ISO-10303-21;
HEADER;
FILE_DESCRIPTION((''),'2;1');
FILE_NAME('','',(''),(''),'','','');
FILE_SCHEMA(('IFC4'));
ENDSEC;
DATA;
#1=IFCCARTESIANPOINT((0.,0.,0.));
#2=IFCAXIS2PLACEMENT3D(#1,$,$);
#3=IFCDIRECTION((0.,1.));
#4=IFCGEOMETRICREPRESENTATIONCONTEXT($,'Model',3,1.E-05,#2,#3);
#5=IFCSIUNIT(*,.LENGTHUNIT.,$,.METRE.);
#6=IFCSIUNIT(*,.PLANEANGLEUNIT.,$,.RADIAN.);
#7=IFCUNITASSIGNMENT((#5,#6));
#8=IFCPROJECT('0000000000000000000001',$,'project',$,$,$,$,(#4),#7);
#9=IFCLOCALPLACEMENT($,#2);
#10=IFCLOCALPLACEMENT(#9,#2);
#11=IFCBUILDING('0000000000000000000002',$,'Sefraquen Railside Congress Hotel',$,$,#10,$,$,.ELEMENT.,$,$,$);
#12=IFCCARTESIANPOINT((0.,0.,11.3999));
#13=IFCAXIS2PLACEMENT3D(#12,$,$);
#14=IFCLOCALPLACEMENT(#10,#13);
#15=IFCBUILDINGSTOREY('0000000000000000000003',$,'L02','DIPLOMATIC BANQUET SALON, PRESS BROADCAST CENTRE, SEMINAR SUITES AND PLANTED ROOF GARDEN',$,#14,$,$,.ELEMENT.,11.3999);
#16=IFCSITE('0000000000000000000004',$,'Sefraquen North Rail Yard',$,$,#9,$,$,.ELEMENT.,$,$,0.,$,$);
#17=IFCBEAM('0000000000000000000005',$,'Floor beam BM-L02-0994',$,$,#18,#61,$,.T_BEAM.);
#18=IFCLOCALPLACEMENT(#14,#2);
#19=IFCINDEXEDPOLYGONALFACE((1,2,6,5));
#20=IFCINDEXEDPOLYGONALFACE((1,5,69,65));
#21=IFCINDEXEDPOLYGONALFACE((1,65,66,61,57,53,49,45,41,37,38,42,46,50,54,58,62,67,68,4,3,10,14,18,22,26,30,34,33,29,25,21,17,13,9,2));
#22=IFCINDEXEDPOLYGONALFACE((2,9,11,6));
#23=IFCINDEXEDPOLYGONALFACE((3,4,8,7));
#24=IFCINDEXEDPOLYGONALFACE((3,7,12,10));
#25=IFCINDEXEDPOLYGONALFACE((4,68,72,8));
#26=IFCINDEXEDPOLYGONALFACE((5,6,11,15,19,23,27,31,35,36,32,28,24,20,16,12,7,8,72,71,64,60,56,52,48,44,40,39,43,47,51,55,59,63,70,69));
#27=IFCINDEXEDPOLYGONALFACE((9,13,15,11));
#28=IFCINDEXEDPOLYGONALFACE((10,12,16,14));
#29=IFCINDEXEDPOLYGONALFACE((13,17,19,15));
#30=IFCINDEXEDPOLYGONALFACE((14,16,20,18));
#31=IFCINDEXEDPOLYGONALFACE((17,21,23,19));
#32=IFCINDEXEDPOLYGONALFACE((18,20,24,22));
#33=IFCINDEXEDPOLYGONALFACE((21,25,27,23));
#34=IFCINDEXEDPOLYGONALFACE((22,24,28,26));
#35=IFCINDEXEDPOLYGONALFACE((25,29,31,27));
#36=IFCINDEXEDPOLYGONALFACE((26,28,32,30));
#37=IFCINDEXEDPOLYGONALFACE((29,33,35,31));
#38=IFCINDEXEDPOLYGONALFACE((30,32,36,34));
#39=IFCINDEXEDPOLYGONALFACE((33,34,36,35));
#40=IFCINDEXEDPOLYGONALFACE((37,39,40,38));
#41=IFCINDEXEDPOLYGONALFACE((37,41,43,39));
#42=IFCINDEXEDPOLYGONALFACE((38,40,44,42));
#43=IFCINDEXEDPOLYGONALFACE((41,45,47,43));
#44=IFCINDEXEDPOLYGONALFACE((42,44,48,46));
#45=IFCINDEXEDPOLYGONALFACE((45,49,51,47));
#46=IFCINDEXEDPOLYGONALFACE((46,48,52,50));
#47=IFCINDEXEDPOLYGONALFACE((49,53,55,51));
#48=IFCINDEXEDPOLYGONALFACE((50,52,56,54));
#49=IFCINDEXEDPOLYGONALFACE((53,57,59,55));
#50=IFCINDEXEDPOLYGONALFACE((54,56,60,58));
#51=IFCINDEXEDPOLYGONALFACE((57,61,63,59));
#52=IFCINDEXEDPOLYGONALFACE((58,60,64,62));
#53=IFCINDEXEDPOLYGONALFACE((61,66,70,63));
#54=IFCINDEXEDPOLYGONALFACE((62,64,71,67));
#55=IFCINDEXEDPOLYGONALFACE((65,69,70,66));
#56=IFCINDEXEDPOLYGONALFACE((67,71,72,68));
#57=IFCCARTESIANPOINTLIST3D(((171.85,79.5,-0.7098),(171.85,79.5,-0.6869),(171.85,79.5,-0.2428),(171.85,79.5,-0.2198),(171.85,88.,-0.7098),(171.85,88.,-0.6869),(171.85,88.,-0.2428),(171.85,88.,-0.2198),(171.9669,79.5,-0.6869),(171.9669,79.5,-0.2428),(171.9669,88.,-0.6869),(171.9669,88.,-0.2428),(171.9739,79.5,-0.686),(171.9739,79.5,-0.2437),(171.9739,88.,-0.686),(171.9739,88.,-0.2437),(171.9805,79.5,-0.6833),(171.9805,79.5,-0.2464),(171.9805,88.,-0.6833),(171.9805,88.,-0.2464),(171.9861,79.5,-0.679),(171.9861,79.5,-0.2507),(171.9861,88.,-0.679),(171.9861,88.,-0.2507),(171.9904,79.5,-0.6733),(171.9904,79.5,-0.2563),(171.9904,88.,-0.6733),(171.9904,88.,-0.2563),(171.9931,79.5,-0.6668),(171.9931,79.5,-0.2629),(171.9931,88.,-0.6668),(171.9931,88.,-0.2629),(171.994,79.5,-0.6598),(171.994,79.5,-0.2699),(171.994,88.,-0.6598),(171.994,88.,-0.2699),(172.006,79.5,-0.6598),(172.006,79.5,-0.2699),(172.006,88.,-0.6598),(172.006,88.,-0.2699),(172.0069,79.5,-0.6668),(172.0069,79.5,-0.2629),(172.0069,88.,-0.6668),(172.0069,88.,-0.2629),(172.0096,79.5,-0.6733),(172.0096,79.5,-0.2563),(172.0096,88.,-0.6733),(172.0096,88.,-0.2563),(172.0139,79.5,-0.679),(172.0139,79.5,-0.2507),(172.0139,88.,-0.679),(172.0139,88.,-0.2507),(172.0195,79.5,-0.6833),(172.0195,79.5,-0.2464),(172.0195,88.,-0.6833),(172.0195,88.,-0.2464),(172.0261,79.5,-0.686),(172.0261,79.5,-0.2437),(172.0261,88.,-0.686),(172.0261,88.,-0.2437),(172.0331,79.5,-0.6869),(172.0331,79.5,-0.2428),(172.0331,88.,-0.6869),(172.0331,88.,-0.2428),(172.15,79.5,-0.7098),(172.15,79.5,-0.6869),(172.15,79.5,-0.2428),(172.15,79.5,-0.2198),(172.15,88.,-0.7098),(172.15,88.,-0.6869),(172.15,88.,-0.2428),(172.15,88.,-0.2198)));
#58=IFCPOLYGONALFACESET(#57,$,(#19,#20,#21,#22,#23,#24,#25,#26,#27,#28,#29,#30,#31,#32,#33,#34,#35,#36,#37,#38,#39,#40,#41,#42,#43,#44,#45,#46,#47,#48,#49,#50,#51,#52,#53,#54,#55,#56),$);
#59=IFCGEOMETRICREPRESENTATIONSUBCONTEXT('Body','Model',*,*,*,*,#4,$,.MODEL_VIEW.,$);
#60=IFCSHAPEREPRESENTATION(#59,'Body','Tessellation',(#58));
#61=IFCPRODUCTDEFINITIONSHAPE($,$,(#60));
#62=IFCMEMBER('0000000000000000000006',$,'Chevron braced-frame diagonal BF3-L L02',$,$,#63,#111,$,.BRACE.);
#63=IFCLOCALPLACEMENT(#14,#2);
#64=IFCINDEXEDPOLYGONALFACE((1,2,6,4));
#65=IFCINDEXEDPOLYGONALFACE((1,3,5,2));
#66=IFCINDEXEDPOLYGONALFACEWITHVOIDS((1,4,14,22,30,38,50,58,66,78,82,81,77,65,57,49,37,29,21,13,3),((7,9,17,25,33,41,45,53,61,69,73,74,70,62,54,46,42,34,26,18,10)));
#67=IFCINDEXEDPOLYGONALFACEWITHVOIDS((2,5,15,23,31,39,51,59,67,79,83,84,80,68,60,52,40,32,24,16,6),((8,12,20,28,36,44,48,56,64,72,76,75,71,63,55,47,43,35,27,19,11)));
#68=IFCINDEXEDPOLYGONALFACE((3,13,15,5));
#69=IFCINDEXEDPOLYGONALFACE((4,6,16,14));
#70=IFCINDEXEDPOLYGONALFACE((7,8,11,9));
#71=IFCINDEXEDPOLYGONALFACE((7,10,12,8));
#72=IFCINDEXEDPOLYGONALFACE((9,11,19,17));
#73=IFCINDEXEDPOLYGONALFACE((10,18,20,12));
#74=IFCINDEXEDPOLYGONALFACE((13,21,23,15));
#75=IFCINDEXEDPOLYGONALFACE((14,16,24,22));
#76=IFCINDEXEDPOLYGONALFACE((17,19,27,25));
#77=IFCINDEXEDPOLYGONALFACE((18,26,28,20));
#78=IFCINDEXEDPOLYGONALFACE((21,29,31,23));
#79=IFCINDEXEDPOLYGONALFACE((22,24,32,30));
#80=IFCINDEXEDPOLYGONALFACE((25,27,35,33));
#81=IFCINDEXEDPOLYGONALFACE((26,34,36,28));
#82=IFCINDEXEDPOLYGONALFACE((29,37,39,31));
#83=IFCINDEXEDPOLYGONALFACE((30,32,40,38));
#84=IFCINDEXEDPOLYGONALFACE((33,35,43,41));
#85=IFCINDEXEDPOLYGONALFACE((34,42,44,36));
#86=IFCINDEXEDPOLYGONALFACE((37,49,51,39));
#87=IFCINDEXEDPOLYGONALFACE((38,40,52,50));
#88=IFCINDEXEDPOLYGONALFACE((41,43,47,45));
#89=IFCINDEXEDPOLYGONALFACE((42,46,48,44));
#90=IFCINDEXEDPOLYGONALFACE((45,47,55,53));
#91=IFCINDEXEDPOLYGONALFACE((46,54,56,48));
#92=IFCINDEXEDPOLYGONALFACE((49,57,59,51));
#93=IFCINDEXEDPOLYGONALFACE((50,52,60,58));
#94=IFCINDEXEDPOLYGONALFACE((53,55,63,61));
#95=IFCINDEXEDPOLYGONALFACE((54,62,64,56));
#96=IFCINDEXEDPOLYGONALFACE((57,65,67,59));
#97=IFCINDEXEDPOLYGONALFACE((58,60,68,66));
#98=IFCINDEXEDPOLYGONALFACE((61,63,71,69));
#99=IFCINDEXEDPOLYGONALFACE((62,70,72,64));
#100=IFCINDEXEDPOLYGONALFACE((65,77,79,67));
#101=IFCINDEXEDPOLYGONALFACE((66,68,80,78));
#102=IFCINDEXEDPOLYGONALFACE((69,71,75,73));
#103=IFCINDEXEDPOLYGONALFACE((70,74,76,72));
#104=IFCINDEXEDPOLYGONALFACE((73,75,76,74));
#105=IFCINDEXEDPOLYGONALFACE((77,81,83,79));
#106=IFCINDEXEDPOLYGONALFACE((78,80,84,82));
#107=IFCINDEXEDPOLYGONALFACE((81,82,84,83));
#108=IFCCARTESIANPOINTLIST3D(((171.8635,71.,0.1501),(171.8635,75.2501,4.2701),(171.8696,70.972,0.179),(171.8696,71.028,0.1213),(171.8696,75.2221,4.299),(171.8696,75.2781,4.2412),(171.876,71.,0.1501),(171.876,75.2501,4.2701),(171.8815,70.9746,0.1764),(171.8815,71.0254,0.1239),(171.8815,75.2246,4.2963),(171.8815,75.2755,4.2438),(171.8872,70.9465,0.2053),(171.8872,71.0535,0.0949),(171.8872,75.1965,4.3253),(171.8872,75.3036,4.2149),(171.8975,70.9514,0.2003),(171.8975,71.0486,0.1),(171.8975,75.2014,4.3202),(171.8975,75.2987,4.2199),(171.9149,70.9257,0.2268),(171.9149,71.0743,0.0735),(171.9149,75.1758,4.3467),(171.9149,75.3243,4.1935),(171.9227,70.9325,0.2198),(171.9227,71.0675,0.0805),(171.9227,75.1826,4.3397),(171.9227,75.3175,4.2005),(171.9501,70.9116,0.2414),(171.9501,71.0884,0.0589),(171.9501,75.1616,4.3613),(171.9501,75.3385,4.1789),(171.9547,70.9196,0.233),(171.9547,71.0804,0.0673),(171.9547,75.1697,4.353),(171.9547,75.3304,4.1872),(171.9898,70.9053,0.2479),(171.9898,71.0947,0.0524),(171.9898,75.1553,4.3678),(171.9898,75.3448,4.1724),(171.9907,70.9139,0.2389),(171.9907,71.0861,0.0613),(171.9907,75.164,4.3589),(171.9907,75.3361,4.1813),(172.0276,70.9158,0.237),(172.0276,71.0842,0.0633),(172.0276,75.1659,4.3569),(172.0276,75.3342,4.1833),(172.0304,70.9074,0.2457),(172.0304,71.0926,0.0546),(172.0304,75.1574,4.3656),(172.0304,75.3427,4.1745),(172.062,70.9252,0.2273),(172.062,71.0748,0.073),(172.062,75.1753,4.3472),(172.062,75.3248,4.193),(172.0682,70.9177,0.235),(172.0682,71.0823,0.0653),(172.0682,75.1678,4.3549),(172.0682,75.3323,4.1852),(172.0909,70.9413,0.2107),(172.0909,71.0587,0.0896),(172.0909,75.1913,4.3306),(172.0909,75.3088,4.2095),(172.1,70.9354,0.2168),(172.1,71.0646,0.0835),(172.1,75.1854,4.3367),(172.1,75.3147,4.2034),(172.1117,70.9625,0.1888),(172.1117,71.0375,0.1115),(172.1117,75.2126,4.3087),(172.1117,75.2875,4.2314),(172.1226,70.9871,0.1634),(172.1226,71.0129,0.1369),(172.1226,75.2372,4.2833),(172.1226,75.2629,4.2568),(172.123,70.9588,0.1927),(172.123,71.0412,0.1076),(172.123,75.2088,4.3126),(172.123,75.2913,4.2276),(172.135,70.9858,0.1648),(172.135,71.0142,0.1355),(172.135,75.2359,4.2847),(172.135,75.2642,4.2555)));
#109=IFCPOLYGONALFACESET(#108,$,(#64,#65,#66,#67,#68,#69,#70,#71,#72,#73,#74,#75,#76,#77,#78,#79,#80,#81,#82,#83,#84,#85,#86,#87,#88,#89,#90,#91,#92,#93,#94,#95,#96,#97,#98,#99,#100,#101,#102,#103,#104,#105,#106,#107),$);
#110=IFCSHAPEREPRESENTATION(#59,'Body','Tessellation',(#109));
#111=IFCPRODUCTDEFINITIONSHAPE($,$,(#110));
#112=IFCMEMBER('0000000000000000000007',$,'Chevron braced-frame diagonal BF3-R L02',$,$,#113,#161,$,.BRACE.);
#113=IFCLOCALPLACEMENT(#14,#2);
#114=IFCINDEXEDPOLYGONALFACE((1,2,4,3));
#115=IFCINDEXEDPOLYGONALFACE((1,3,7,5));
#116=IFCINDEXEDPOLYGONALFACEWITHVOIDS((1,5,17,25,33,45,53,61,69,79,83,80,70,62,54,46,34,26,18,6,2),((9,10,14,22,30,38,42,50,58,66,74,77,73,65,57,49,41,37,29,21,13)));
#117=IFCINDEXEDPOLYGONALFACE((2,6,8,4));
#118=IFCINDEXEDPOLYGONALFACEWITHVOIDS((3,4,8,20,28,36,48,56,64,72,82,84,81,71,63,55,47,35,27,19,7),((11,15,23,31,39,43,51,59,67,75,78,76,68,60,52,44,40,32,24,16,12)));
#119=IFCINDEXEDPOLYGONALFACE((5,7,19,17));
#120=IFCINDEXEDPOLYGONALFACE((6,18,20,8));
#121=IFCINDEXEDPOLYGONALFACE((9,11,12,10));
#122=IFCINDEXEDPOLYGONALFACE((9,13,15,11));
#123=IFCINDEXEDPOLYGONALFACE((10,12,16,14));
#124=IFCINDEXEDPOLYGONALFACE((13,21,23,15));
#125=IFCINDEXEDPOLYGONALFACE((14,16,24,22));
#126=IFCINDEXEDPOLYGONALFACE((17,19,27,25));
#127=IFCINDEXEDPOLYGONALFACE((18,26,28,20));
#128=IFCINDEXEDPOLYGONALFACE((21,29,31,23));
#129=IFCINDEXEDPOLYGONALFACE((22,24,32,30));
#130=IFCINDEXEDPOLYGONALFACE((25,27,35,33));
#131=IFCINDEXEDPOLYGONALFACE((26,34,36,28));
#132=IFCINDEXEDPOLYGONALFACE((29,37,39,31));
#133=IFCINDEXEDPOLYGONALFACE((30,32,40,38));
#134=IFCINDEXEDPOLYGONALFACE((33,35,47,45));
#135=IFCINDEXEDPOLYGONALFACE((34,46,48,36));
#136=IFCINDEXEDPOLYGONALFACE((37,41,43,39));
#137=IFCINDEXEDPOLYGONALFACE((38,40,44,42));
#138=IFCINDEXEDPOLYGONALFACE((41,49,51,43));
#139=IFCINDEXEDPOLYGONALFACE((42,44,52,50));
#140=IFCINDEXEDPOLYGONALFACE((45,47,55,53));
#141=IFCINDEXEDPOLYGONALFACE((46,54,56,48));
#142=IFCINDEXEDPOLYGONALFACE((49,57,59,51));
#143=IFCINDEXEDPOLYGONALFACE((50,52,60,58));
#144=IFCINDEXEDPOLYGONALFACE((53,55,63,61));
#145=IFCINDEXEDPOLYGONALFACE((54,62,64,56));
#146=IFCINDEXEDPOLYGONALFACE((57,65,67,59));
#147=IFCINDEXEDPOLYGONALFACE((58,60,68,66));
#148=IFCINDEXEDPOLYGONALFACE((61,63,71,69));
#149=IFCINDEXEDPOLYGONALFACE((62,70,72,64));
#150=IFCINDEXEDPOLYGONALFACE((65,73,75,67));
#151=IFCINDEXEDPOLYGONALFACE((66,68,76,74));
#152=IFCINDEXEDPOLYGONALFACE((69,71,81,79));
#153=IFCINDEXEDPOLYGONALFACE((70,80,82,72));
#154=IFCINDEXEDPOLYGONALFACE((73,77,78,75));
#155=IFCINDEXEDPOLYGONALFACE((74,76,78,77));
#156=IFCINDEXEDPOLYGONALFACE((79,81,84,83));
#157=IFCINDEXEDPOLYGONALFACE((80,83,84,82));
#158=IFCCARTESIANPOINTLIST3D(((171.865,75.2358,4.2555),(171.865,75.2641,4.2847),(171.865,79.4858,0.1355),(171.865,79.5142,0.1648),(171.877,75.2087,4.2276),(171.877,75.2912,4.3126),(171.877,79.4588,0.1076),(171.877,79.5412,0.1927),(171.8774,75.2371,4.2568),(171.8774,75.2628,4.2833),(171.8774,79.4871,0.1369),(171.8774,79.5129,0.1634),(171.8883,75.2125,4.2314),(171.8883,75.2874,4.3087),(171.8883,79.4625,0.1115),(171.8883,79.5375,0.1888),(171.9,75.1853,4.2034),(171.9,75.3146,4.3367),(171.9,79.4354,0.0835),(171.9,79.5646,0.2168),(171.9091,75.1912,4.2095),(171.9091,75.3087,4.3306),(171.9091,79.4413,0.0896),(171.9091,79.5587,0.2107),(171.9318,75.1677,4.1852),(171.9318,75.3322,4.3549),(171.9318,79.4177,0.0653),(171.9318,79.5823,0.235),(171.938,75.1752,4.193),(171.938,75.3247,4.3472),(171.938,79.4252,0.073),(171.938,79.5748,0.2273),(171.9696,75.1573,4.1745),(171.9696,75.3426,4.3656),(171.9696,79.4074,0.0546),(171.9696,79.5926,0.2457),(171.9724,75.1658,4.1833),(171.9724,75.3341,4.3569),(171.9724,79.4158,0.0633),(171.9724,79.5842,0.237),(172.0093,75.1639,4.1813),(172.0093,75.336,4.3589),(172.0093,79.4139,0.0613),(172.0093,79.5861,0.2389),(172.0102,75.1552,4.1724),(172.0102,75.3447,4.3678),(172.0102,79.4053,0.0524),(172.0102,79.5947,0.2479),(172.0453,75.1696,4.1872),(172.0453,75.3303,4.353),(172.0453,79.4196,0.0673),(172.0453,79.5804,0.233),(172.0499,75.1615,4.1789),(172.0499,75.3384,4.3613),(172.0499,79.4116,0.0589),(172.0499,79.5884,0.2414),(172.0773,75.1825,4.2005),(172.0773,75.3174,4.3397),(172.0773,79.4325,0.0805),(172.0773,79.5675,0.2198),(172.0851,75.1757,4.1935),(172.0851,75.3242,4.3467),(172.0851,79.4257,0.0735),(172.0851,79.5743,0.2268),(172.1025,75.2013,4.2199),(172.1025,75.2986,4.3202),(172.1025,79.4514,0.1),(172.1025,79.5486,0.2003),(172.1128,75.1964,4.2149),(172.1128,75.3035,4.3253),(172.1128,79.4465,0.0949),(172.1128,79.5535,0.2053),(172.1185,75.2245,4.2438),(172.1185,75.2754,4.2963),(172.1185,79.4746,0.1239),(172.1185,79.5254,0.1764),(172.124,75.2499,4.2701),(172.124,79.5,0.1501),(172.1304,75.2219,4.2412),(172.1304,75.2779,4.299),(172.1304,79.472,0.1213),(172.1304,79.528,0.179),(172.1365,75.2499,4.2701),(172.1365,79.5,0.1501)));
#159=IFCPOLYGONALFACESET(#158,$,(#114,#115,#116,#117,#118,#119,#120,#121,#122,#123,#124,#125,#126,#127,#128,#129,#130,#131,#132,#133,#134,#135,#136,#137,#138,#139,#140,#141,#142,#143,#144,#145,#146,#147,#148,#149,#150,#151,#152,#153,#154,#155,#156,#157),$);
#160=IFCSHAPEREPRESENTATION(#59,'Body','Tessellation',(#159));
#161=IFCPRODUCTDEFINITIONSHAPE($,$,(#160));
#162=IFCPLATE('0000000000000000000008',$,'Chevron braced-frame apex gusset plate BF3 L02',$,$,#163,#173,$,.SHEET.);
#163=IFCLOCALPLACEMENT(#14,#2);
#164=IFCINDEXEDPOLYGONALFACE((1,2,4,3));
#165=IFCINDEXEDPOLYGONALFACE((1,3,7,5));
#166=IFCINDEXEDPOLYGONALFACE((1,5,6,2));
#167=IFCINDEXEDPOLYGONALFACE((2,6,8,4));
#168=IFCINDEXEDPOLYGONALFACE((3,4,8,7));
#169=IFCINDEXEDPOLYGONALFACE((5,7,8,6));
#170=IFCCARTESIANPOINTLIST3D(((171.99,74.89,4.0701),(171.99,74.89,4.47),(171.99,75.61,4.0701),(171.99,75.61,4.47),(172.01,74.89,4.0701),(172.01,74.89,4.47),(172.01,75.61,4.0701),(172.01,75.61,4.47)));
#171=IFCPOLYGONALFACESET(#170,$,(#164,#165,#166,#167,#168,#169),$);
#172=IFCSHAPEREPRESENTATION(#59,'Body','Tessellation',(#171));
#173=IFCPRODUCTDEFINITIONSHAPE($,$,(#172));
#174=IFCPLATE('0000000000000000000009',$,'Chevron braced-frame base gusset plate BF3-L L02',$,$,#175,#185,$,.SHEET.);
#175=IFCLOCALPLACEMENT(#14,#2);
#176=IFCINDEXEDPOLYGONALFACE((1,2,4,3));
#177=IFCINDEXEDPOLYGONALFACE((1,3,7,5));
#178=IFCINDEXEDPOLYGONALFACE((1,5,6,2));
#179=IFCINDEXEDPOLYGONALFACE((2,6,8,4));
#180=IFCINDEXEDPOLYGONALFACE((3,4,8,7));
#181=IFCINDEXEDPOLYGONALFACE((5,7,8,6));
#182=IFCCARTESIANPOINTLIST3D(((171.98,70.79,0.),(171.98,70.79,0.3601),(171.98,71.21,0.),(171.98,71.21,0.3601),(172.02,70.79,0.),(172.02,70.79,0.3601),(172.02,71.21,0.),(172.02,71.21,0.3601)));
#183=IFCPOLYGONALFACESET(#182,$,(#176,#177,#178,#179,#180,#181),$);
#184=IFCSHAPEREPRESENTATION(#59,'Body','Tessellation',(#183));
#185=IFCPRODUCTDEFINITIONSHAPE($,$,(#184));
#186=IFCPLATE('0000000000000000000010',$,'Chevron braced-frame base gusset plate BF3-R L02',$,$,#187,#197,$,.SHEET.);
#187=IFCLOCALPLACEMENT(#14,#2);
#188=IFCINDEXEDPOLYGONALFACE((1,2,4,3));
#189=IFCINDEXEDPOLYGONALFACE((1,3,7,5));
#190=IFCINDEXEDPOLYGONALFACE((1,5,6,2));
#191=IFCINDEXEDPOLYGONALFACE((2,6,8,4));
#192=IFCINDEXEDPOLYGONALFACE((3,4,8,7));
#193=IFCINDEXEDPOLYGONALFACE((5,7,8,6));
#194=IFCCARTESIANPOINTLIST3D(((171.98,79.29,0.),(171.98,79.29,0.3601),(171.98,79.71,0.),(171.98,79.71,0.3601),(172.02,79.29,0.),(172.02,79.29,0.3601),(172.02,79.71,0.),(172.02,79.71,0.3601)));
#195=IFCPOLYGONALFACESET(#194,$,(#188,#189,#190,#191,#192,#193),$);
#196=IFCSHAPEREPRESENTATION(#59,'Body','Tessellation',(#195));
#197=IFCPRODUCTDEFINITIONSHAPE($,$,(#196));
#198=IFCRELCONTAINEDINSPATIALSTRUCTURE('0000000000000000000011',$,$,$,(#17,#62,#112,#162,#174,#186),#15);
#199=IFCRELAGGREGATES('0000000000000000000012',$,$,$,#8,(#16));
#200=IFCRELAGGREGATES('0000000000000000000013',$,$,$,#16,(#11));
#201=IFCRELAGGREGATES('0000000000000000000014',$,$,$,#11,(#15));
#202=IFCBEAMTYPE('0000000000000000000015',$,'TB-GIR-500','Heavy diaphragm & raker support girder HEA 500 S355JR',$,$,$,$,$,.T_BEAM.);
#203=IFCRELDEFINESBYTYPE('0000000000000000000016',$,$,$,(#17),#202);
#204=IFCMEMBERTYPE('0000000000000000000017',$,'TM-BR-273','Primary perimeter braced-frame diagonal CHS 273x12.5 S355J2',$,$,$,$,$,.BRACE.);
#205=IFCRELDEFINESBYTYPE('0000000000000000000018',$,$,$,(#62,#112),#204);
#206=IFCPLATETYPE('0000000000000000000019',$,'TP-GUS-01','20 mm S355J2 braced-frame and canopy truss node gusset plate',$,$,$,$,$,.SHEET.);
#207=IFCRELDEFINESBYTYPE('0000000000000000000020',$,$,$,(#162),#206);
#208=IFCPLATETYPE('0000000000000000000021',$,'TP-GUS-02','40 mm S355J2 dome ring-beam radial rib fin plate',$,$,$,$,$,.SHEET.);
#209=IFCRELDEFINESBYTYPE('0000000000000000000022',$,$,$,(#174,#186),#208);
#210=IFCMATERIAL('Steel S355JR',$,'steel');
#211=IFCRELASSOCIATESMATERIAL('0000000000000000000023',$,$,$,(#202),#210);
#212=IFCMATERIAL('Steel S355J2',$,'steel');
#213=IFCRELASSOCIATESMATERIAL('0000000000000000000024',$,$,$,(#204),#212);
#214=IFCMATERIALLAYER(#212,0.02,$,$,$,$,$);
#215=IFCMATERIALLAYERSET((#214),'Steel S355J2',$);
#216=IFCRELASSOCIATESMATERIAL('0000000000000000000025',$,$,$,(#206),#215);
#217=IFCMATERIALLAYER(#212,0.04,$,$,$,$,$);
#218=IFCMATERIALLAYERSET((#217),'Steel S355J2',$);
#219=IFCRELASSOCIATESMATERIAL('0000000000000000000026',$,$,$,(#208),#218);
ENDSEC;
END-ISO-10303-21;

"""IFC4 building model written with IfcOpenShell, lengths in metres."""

from ifc_helpers import new_model, si_unit, direction, frame, origin, origin_2d, place, context, subcontext, project, spatial, rectangle, hollow_circle, i_section, extrude, material, layer, layer_set, material_profile, profile_set, type_object, element, save


model = new_model("IFC4")

# Units and contexts
model_context = context("Model", 3, precision=1e-05, world=origin(), true_north=direction((0.0, 1.0)))
body_context = subcontext(model_context, "Body", "Model", "MODEL_VIEW")
ifc_project = project(units=[si_unit("LENGTHUNIT", "METRE"), si_unit("PLANEANGLEUNIT", "RADIAN")], contexts=[model_context])

# Site, building, storey
site_placement = place(None, origin())
site = spatial("IfcSite", under=ifc_project, at=site_placement, Name="Sefraquen North Rail Yard", CompositionType="ELEMENT", RefElevation=0.0)
building_placement = place(site_placement, origin())
building = spatial("IfcBuilding", under=site, at=building_placement, Name="Sefraquen Railside Congress Hotel", CompositionType="ELEMENT")
storey_placement = place(building_placement, frame((0.0, 0.0, 11.3999)))
storey = spatial("IfcBuildingStorey", under=building, at=storey_placement, Name="L02", Description="DIPLOMATIC BANQUET SALON, PRESS BROADCAST CENTRE, SEMINAR SUITES AND PLANTED ROOF GARDEN", CompositionType="ELEMENT", Elevation=11.3999)

# Shared definitions
ifc_material_1 = material(Name="Steel S355JR", Category="steel")

# Beam
ifc_material_profile_1 = material_profile(ifc_material_1, i_section(OverallWidth=0.3, OverallDepth=0.49, WebThickness=0.012, FlangeThickness=0.0229, FilletRadius=0.0271, at=origin_2d()), Name="HEA 500")
ifc_profile_set_1 = profile_set([ifc_material_profile_1], Name="Steel S355JR")
beam_type_1 = type_object("IfcBeamType", Name="TB-GIR-500", Description="Heavy diaphragm & raker support girder HEA 500 S355JR", PredefinedType="T_BEAM", material=ifc_profile_set_1)
for number, where, z_axis, x_axis, name in (
    (1, (172.0, 79.5, -0.4648), (0.0, 1.0, 0.0), (-1.0, 0.0, 0.0), "Floor beam BM-L02-0994"),
):
    element("IfcBeam", number, at=place(storey_placement, frame(where, z_axis=z_axis, x_axis=x_axis)), inside=storey, type_object=beam_type_1, Name=name, PredefinedType="T_BEAM", context=body_context, shape_type="SweptSolid", body=[
        extrude(i_section(OverallWidth=0.3, OverallDepth=0.49, WebThickness=0.012, FlangeThickness=0.0229, FilletRadius=0.0271, at=origin_2d()), origin(), (0.0, 0.0, 1.0), 8.5),
    ])

# Members
ifc_material_2 = material(Name="Steel S355J2", Category="steel")
ifc_material_profile_2 = material_profile(ifc_material_2, hollow_circle(Radius=0.1365, WallThickness=0.0125, at=origin_2d()), Name="CHS 273x12.5")
ifc_profile_set_2 = profile_set([ifc_material_profile_2], Name="Steel S355J2")
member_type = type_object("IfcMemberType", Name="TM-BR-273", Description="Primary perimeter braced-frame diagonal CHS 273x12.5 S355J2", PredefinedType="BRACE", material=ifc_profile_set_2)
for number, where, z_axis, x_axis, name in (
    (2, (172.0, 71.0, 0.1501), (0.0, 0.718013, 0.696029), (-1.0, 0.0, 0.0), "Chevron braced-frame diagonal BF3-L L02"),
    (3, (172.0, 79.5, 0.1501), (0.0, -0.718013, 0.696029), (1.0, 0.0, 0.0), "Chevron braced-frame diagonal BF3-R L02"),
):
    element("IfcMember", number, at=place(storey_placement, frame(where, z_axis=z_axis, x_axis=x_axis)), inside=storey, type_object=member_type, Name=name, PredefinedType="BRACE", context=body_context, shape_type="SweptSolid", body=[
        extrude(hollow_circle(Radius=0.1365, WallThickness=0.0125, at=origin_2d()), origin(), (0.0, 0.0, 1.0), 5.9192),
    ])

# Plates
ifc_layer_1 = layer(ifc_material_2, 0.02)
ifc_layer_set_1 = layer_set([ifc_layer_1], Name="Steel S355J2")
plate_type_1 = type_object("IfcPlateType", Name="TP-GUS-01", Description="20 mm S355J2 braced-frame and canopy truss node gusset plate", PredefinedType="SHEET", material=ifc_layer_set_1)
plate_placement = place(storey_placement, frame((172.0, 75.25, 4.0701), z_axis=(0.0, 0.0, 1.0), x_axis=(0.0, 1.0, 0.0)))
element("IfcPlate", 4, at=plate_placement, inside=storey, type_object=plate_type_1, Name="Chevron braced-frame apex gusset plate BF3 L02", PredefinedType="SHEET", context=body_context, shape_type="SweptSolid", body=[
    extrude(rectangle(XDim=0.72, YDim=0.02, at=origin_2d()), origin(), (0.0, 0.0, 1.0), 0.3999),
])
ifc_layer_2 = layer(ifc_material_2, 0.04)
ifc_layer_set_2 = layer_set([ifc_layer_2], Name="Steel S355J2")
plate_type_2 = type_object("IfcPlateType", Name="TP-GUS-02", Description="40 mm S355J2 dome ring-beam radial rib fin plate", PredefinedType="SHEET", material=ifc_layer_set_2)
for number, where, z_axis, x_axis, name in (
    (5, (172.0, 71.0, 0.0), (0.0, 0.0, 1.0), (0.0, 1.0, 0.0), "Chevron braced-frame base gusset plate BF3-L L02"),
    (6, (172.0, 79.5, 0.0), (0.0, 0.0, 1.0), (0.0, 1.0, 0.0), "Chevron braced-frame base gusset plate BF3-R L02"),
):
    element("IfcPlate", number, at=place(storey_placement, frame(where, z_axis=z_axis, x_axis=x_axis)), inside=storey, type_object=plate_type_2, Name=name, PredefinedType="SHEET", context=body_context, shape_type="SweptSolid", body=[
        extrude(rectangle(XDim=0.4199, YDim=0.04, at=origin_2d()), origin(), (0.0, 0.0, 1.0), 0.3601),
    ])

save(model, "model.ifc")
